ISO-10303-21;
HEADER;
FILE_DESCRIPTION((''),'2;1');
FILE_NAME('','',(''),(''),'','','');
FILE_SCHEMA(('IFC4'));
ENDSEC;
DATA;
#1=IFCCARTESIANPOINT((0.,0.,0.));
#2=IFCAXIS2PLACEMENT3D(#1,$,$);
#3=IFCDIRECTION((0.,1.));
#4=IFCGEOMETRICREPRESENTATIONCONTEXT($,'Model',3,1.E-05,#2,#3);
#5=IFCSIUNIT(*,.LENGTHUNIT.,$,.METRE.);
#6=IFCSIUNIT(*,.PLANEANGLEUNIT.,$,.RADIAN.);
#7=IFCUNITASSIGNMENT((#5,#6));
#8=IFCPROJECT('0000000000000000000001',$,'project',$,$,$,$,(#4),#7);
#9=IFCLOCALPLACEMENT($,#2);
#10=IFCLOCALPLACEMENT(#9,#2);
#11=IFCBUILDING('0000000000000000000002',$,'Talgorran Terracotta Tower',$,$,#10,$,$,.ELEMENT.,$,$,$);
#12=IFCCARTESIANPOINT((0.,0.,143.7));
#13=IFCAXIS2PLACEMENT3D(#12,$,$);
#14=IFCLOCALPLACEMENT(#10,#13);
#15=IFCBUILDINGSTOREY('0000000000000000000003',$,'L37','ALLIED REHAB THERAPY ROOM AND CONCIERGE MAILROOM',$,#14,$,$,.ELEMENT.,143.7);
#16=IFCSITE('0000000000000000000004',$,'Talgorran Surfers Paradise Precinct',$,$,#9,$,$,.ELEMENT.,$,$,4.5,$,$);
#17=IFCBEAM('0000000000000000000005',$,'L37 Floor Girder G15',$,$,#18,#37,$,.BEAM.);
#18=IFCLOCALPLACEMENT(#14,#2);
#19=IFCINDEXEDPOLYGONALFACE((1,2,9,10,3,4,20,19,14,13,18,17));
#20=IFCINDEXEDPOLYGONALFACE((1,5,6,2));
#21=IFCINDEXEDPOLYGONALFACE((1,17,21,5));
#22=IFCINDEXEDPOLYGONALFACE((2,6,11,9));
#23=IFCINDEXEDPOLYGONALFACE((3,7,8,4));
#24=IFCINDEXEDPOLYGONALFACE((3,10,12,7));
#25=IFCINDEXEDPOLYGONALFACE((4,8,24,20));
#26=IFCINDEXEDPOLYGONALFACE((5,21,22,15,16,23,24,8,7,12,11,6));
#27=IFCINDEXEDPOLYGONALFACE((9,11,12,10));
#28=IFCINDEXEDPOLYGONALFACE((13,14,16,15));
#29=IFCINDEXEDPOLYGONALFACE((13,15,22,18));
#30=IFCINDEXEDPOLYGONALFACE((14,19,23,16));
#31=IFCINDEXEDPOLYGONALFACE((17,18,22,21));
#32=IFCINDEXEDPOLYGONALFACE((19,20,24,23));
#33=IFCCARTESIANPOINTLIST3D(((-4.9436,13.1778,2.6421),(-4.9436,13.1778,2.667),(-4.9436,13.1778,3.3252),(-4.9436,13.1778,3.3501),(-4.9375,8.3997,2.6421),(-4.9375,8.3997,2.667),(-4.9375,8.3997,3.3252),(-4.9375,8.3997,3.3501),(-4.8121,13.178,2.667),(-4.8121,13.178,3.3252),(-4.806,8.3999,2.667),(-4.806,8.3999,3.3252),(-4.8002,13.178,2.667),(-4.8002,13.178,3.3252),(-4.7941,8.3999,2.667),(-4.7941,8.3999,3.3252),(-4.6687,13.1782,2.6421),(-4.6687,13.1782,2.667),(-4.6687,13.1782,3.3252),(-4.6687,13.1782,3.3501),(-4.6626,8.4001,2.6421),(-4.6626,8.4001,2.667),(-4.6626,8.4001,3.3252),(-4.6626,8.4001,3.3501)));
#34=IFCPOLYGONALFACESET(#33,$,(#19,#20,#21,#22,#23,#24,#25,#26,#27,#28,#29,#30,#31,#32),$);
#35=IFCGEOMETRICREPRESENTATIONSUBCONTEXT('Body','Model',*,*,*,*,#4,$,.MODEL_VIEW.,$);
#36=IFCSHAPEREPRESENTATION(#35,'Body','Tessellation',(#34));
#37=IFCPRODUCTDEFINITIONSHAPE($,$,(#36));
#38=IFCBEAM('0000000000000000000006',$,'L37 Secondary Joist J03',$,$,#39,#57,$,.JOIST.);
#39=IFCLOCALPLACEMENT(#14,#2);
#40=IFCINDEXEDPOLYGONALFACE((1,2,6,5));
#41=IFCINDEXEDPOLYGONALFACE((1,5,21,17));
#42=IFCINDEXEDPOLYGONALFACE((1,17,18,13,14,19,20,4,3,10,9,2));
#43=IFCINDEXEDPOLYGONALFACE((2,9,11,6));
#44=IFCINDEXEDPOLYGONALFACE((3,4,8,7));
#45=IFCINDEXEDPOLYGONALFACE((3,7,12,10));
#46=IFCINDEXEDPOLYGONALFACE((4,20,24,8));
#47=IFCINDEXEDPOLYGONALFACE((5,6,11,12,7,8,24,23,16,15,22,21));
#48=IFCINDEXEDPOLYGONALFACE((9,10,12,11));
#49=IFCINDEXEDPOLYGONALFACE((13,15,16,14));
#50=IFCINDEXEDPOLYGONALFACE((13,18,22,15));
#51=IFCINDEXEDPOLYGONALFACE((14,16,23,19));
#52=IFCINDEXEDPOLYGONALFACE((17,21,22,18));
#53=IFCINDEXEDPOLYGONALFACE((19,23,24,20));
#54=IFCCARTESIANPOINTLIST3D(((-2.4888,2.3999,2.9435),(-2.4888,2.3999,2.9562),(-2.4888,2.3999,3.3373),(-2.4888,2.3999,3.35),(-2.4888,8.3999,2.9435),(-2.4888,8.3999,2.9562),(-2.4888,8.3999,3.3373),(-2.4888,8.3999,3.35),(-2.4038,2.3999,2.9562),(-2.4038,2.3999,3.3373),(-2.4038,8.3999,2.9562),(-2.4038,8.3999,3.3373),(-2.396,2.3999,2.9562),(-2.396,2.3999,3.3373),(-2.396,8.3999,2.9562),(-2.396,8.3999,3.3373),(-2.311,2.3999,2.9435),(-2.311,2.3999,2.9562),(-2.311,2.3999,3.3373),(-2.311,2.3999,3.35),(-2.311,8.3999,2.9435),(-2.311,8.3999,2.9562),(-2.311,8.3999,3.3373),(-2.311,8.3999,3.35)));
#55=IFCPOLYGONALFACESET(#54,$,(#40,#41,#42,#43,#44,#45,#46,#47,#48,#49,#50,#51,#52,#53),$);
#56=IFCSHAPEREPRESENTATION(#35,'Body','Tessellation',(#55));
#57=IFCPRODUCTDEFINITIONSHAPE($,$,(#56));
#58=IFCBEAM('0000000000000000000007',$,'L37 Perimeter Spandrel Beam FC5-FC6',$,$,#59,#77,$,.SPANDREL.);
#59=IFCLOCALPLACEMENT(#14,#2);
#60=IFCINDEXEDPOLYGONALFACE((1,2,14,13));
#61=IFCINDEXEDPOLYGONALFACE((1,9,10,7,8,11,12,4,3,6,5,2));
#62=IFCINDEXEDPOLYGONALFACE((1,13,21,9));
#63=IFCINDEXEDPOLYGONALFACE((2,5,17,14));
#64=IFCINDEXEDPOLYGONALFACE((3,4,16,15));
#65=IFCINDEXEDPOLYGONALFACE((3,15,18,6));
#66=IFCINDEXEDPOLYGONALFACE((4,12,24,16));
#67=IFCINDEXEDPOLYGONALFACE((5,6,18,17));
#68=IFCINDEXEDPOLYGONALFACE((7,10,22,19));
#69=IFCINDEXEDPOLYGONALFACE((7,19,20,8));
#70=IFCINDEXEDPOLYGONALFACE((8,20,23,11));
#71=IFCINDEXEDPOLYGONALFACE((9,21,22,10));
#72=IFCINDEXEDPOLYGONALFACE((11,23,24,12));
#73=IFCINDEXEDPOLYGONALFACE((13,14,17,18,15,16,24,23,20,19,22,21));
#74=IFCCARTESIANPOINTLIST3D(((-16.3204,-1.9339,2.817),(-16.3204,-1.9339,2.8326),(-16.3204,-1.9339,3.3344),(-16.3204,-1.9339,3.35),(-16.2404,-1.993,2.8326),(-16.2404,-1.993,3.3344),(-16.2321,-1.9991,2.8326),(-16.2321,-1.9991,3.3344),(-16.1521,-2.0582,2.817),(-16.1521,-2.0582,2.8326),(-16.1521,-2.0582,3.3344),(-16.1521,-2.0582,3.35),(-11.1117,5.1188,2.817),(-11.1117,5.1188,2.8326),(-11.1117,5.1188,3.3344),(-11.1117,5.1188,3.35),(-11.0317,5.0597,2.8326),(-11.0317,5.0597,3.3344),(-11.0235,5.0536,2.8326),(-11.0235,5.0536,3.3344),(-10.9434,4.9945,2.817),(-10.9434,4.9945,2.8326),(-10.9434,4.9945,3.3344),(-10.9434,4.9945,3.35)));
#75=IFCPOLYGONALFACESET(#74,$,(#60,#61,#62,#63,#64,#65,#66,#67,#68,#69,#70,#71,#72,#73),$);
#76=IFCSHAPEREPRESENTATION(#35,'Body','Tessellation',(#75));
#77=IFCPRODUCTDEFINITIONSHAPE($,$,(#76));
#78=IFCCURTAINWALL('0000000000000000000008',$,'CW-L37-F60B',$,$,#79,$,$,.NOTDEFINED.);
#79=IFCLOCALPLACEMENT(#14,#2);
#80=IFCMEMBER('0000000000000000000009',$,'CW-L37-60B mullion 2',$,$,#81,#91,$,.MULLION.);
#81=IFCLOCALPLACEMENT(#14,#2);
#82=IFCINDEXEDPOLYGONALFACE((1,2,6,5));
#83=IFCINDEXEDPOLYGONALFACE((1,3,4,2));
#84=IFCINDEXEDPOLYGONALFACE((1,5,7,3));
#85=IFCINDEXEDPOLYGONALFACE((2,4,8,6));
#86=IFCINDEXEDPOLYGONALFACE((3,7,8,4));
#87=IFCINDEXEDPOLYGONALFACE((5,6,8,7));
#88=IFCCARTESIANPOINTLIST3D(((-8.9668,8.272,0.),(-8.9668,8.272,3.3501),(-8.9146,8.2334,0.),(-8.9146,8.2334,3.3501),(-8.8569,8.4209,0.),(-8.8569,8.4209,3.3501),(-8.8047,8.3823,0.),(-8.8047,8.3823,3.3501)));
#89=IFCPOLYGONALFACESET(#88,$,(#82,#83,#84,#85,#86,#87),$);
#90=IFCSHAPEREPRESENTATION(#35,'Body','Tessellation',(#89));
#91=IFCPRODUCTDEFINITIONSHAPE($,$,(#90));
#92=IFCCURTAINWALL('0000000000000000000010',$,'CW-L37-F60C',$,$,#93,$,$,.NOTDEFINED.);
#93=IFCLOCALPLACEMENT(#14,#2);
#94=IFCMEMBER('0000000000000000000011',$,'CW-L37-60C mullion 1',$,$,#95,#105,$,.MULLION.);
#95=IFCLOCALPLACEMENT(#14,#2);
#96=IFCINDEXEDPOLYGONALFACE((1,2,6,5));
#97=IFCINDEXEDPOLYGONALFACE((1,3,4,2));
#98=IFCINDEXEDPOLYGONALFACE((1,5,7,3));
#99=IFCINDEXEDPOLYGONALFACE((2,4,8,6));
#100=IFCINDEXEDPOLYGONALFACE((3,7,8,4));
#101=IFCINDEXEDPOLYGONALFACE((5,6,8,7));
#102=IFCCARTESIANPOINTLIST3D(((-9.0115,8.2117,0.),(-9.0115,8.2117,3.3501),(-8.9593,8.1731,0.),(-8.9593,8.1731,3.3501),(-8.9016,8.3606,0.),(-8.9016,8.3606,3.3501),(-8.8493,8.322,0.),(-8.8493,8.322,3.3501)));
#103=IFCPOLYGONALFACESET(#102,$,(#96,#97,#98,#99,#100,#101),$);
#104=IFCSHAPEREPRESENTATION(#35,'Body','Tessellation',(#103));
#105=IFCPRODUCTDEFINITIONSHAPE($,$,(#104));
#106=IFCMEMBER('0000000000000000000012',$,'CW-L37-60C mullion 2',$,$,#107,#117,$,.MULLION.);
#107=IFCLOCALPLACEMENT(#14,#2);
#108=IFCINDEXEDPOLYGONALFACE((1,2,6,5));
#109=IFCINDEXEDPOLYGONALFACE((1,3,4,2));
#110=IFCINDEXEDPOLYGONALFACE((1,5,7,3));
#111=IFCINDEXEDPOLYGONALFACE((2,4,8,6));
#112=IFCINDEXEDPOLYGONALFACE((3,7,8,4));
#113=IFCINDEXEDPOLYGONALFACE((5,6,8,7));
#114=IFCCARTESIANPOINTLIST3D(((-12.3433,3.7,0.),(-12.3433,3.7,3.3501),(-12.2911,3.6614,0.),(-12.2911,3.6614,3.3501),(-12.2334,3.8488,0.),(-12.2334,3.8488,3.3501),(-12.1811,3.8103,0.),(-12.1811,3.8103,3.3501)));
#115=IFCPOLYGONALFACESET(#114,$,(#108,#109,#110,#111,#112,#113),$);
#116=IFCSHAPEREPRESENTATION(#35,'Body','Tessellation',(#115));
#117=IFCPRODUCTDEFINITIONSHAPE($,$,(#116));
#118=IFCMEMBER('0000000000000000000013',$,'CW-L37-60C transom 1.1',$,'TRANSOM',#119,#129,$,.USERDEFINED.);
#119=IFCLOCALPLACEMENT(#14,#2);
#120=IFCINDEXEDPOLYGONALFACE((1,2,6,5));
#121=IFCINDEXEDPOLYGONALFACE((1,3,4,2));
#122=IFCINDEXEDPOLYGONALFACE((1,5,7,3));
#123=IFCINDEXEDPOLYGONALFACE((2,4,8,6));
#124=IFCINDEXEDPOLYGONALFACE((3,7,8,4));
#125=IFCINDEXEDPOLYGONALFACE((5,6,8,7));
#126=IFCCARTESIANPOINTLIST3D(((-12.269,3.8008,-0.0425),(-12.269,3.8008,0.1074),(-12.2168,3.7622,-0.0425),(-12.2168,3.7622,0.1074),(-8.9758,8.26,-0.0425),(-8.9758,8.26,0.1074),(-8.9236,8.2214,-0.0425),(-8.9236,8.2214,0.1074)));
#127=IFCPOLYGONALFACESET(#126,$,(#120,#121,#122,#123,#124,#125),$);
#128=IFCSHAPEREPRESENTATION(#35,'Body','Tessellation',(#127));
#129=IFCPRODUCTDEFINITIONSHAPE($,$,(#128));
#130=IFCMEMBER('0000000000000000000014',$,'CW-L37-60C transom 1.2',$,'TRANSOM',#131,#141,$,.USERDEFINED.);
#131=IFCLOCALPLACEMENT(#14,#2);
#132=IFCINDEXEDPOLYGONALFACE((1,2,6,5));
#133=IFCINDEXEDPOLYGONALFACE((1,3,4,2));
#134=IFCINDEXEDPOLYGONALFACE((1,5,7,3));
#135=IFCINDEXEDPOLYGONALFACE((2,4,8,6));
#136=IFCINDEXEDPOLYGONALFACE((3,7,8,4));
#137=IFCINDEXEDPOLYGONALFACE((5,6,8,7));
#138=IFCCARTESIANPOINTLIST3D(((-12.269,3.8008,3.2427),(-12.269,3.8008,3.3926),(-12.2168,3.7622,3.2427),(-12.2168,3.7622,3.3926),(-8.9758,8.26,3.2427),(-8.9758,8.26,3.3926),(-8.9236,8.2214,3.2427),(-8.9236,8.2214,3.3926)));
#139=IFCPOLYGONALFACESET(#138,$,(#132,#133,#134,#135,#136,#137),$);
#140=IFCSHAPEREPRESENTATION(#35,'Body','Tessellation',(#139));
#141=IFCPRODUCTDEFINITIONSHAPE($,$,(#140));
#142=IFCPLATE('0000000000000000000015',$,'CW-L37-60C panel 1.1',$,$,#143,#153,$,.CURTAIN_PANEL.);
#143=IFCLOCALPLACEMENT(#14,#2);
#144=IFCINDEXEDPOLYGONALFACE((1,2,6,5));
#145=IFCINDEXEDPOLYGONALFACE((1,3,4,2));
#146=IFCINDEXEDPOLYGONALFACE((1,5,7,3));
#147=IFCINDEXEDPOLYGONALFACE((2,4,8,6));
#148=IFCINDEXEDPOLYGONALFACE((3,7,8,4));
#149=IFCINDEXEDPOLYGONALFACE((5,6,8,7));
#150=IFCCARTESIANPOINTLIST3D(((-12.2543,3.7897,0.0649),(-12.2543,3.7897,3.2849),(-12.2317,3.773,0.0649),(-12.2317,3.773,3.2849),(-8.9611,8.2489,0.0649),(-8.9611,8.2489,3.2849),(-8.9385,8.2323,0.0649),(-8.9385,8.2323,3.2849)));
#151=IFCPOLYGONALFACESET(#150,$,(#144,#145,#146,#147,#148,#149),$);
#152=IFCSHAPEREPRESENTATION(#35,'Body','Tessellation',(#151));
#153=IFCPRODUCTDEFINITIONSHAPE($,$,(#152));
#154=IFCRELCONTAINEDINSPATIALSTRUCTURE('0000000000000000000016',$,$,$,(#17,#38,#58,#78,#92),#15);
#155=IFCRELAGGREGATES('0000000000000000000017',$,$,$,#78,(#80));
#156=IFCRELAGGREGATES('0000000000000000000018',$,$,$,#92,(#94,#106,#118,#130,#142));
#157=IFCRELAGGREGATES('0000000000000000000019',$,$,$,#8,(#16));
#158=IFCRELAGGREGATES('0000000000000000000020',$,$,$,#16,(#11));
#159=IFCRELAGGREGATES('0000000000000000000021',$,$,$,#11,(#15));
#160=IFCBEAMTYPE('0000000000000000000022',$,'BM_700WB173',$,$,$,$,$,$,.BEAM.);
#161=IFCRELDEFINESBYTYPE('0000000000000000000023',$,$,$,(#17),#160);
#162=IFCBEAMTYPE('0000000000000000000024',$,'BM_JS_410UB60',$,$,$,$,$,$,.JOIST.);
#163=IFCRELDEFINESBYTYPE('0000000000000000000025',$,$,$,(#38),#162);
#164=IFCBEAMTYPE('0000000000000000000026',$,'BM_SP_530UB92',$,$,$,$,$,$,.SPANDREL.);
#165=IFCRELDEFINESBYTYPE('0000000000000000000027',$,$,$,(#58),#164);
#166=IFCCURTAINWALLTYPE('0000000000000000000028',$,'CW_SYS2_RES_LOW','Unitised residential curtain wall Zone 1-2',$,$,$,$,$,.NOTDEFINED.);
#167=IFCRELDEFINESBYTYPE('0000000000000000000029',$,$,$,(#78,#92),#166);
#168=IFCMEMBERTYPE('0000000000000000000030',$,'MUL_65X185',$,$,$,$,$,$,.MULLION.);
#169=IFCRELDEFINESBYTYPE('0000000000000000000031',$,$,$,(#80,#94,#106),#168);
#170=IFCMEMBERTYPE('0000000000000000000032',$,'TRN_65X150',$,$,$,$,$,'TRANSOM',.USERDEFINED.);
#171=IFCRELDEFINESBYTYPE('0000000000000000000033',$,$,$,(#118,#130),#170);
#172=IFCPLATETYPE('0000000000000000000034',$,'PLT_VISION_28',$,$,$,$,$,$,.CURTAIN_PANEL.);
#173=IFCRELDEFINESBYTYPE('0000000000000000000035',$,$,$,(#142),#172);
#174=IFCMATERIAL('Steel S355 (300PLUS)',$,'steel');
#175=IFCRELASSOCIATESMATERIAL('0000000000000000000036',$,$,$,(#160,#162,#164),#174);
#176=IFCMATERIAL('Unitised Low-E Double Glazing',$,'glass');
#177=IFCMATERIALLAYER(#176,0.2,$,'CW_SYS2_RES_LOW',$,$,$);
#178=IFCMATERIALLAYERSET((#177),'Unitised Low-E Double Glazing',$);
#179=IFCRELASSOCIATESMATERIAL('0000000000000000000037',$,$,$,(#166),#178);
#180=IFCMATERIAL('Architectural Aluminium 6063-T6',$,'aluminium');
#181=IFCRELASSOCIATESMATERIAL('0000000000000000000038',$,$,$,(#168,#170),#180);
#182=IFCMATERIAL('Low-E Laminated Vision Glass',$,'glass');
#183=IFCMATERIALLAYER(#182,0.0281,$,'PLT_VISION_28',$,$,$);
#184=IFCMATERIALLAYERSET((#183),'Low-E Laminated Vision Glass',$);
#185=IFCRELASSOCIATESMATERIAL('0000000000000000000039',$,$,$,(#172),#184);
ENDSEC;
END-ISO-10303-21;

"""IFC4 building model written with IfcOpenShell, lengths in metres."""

from ifc_helpers import new_model, si_unit, direction, frame, origin, origin_2d, place, context, subcontext, project, spatial, rectangle, i_section, extrude, source, transform, mapped, material, layer, layer_set, material_profile, profile_set, type_object, type_shapes, element, aggregate, save


model = new_model("IFC4")

# Units and contexts
model_context = context("Model", 3, precision=1e-05, world=origin(), true_north=direction((0.0, 1.0)))
body_context = subcontext(model_context, "Body", "Model", "MODEL_VIEW")
ifc_project = project(units=[si_unit("LENGTHUNIT", "METRE"), si_unit("PLANEANGLEUNIT", "RADIAN")], contexts=[model_context])

# Site, building, storey
site_placement = place(None, origin())
site = spatial("IfcSite", under=ifc_project, at=site_placement, Name="Talgorran Surfers Paradise Precinct", CompositionType="ELEMENT", RefElevation=4.5)
building_placement = place(site_placement, origin())
building = spatial("IfcBuilding", under=site, at=building_placement, Name="Talgorran Terracotta Tower", CompositionType="ELEMENT")
storey_placement = place(building_placement, frame((0.0, 0.0, 143.7)))
storey = spatial("IfcBuildingStorey", under=building, at=storey_placement, Name="L37", Description="ALLIED REHAB THERAPY ROOM AND CONCIERGE MAILROOM", CompositionType="ELEMENT", Elevation=143.7)

# Shared definitions
ifc_material_1 = material(Name="Steel S355 (300PLUS)", Category="steel")

# Beams
ifc_material_profile_1 = material_profile(ifc_material_1, i_section(OverallWidth=0.2749, OverallDepth=0.708, WebThickness=0.012, FlangeThickness=0.0249, at=origin_2d()), Name="700WB173")
ifc_profile_set_1 = profile_set([ifc_material_profile_1], Name="Steel S355 (300PLUS)")
beam_type_1 = type_object("IfcBeamType", Name="BM_700WB173", PredefinedType="BEAM", material=ifc_profile_set_1)
beam_1_placement = place(storey_placement, frame((-4.8, 8.3999, 2.9961), z_axis=(-0.001277, 0.999999, 0.0), x_axis=(-0.999999, -0.001277, 0.0)))
element("IfcBeam", 1, at=beam_1_placement, inside=storey, type_object=beam_type_1, Name="L37 Floor Girder G15", PredefinedType="BEAM", context=body_context, shape_type="SweptSolid", body=[
    extrude(i_section(OverallWidth=0.2749, OverallDepth=0.708, WebThickness=0.012, FlangeThickness=0.0249, at=origin_2d()), origin(), (0.0, 0.0, 1.0), 4.7781),
])
ifc_material_profile_2 = material_profile(ifc_material_1, i_section(OverallWidth=0.1777, OverallDepth=0.4065, WebThickness=0.0078, FlangeThickness=0.0127, at=origin_2d()), Name="410UB59.7")
ifc_profile_set_2 = profile_set([ifc_material_profile_2], Name="Steel S355 (300PLUS)")
beam_type_2 = type_object("IfcBeamType", Name="BM_JS_410UB60", PredefinedType="JOIST", material=ifc_profile_set_2)
beam_2_placement = place(storey_placement, frame((-2.3999, 2.3999, 3.1467), z_axis=(0.0, 1.0, 0.0), x_axis=(-1.0, 0.0, 0.0)))
element("IfcBeam", 2, at=beam_2_placement, inside=storey, type_object=beam_type_2, Name="L37 Secondary Joist J03", PredefinedType="JOIST", context=body_context, shape_type="SweptSolid", body=[
    extrude(i_section(OverallWidth=0.1777, OverallDepth=0.4065, WebThickness=0.0078, FlangeThickness=0.0127, at=origin_2d()), origin(), (0.0, 0.0, 1.0), 6.0),
])
ifc_material_profile_3 = material_profile(ifc_material_1, i_section(OverallWidth=0.2092, OverallDepth=0.533, WebThickness=0.0103, FlangeThickness=0.0156, at=origin_2d()), Name="530UB92.4")
ifc_profile_set_3 = profile_set([ifc_material_profile_3], Name="Steel S355 (300PLUS)")
beam_type_3 = type_object("IfcBeamType", Name="BM_SP_530UB92", PredefinedType="SPANDREL", material=ifc_profile_set_3)
beam_3_placement = place(storey_placement, frame((-11.0276, 5.0566, 3.0835), z_axis=(-0.594085, -0.804402, 0.0), x_axis=(0.804402, -0.594085, 0.0)))
element("IfcBeam", 3, at=beam_3_placement, inside=storey, type_object=beam_type_3, Name="L37 Perimeter Spandrel Beam FC5-FC6", PredefinedType="SPANDREL", context=body_context, shape_type="SweptSolid", body=[
    extrude(i_section(OverallWidth=0.2092, OverallDepth=0.533, WebThickness=0.0103, FlangeThickness=0.0156, at=origin_2d()), origin(), (0.0, 0.0, 1.0), 8.7676),
])

# Curtain wall, member
ifc_material_2 = material(Name="Unitised Low-E Double Glazing", Category="glass")
ifc_layer_1 = layer(ifc_material_2, 0.2, Name="CW_SYS2_RES_LOW")
ifc_layer_set_1 = layer_set([ifc_layer_1], Name="Unitised Low-E Double Glazing")
curtain_wall_type = type_object("IfcCurtainWallType", Name="CW_SYS2_RES_LOW", Description="Unitised residential curtain wall Zone 1-2", PredefinedType="NOTDEFINED", material=ifc_layer_set_1)
curtain_wall_1_placement = place(storey_placement, origin())
curtain_wall_1 = element("IfcCurtainWall", 4, at=curtain_wall_1_placement, inside=storey, type_object=curtain_wall_type, Name="CW-L37-F60B", PredefinedType="NOTDEFINED")
ifc_material_3 = material(Name="Architectural Aluminium 6063-T6", Category="aluminium")
ifc_material_profile_4 = material_profile(ifc_material_3, rectangle(XDim=0.0649, YDim=0.1851, at=origin_2d()), Name="CWM65X185")
ifc_profile_set_4 = profile_set([ifc_material_profile_4], Name="Architectural Aluminium 6063-T6")
member_type_1 = type_object("IfcMemberType", Name="MUL_65X185", PredefinedType="MULLION", material=ifc_profile_set_4)
member_1_placement = place(storey_placement, frame((-8.8857, 8.3271, 0.0), z_axis=(0.0, 0.0, 1.0), x_axis=(0.804417, -0.594065, 0.0)))
member_1 = element("IfcMember", 5, at=member_1_placement, type_object=member_type_1, Name="CW-L37-60B mullion 2", PredefinedType="MULLION", context=body_context, shape_type="SweptSolid", body=[
    extrude(rectangle(XDim=0.0649, YDim=0.1851, at=origin_2d()), origin(), (0.0, 0.0, 1.0), 3.3501),
])
aggregate(curtain_wall_1, [member_1])

# Curtain wall, members, plate
curtain_wall_2_placement = place(storey_placement, origin())
curtain_wall_2 = element("IfcCurtainWall", 6, at=curtain_wall_2_placement, inside=storey, type_object=curtain_wall_type, Name="CW-L37-F60C", PredefinedType="NOTDEFINED")
member_2_placement = place(storey_placement, frame((-8.9304, 8.2668, 0.0), z_axis=(0.0, 0.0, 1.0), x_axis=(0.804413, -0.59407, 0.0)))
member_2 = element("IfcMember", 7, at=member_2_placement, type_object=member_type_1, Name="CW-L37-60C mullion 1", PredefinedType="MULLION", context=body_context, shape_type="SweptSolid", body=[
    extrude(rectangle(XDim=0.0649, YDim=0.1851, at=origin_2d()), origin(), (0.0, 0.0, 1.0), 3.3501),
])
member_3_placement = place(storey_placement, frame((-12.2622, 3.7551, 0.0), z_axis=(0.0, 0.0, 1.0), x_axis=(0.804413, -0.59407, 0.0)))
member_3 = element("IfcMember", 8, at=member_3_placement, type_object=member_type_1, Name="CW-L37-60C mullion 2", PredefinedType="MULLION", context=body_context, shape_type="SweptSolid", body=[
    extrude(rectangle(XDim=0.0649, YDim=0.1851, at=origin_2d()), origin(), (0.0, 0.0, 1.0), 3.3501),
])
ifc_material_profile_5 = material_profile(ifc_material_3, rectangle(XDim=0.0649, YDim=0.1499, at=origin_2d()), Name="CWT65X150")
ifc_profile_set_5 = profile_set([ifc_material_profile_5], Name="Architectural Aluminium 6063-T6")
member_type_2 = type_object("IfcMemberType", Name="TRN_65X150", ElementType="TRANSOM", PredefinedType="USERDEFINED", material=ifc_profile_set_5)
member_4_placement = place(storey_placement, frame((-8.9497, 8.2407, 0.0325), z_axis=(-0.594072, -0.804412, 0.0), x_axis=(0.804412, -0.594072, 0.0)))
member_4 = element("IfcMember", 9, at=member_4_placement, type_object=member_type_2, Name="CW-L37-60C transom 1.1", ObjectType="TRANSOM", PredefinedType="USERDEFINED", context=body_context, shape_type="SweptSolid", body=[
    extrude(rectangle(XDim=0.0649, YDim=0.1499, at=origin_2d()), origin(), (0.0, 0.0, 1.0), 5.5435),
])
member_5_placement = place(storey_placement, frame((-8.9497, 8.2407, 3.3176), z_axis=(-0.594072, -0.804412, 0.0), x_axis=(0.804412, -0.594072, 0.0)))
member_5 = element("IfcMember", 10, at=member_5_placement, type_object=member_type_2, Name="CW-L37-60C transom 1.2", ObjectType="TRANSOM", PredefinedType="USERDEFINED", context=body_context, shape_type="SweptSolid", body=[
    extrude(rectangle(XDim=0.0649, YDim=0.1499, at=origin_2d()), origin(), (0.0, 0.0, 1.0), 5.5435),
])
ifc_material_4 = material(Name="Low-E Laminated Vision Glass", Category="glass")
ifc_layer_2 = layer(ifc_material_4, 0.0281, Name="PLT_VISION_28")
ifc_layer_set_2 = layer_set([ifc_layer_2], Name="Low-E Laminated Vision Glass")
plate_type = type_object("IfcPlateType", Name="PLT_VISION_28", PredefinedType="CURTAIN_PANEL", material=ifc_layer_set_2)
shared_shape = source(origin(), body_context, "Body", "SweptSolid", [
    extrude(rectangle(XDim=5.5435, YDim=0.0281, at=origin_2d()), origin(), (0.0, 0.0, 1.0), 3.22),
])
type_shapes(plate_type, [shared_shape])
plate_placement = place(storey_placement, frame((-10.5964, 6.011, 0.0649), z_axis=(0.0, 0.0, 1.0), x_axis=(-0.59407, -0.804413, 0.0)))
plate = element("IfcPlate", 11, at=plate_placement, type_object=plate_type, Name="CW-L37-60C panel 1.1", PredefinedType="CURTAIN_PANEL", context=body_context, shape_type="MappedRepresentation", body=[
    mapped(shared_shape, transform((0.0, 0.0, 0.0), scale=1.0)),
])
aggregate(curtain_wall_2, [member_2, member_3, member_4, member_5, plate])

save(model, "model.ifc")
